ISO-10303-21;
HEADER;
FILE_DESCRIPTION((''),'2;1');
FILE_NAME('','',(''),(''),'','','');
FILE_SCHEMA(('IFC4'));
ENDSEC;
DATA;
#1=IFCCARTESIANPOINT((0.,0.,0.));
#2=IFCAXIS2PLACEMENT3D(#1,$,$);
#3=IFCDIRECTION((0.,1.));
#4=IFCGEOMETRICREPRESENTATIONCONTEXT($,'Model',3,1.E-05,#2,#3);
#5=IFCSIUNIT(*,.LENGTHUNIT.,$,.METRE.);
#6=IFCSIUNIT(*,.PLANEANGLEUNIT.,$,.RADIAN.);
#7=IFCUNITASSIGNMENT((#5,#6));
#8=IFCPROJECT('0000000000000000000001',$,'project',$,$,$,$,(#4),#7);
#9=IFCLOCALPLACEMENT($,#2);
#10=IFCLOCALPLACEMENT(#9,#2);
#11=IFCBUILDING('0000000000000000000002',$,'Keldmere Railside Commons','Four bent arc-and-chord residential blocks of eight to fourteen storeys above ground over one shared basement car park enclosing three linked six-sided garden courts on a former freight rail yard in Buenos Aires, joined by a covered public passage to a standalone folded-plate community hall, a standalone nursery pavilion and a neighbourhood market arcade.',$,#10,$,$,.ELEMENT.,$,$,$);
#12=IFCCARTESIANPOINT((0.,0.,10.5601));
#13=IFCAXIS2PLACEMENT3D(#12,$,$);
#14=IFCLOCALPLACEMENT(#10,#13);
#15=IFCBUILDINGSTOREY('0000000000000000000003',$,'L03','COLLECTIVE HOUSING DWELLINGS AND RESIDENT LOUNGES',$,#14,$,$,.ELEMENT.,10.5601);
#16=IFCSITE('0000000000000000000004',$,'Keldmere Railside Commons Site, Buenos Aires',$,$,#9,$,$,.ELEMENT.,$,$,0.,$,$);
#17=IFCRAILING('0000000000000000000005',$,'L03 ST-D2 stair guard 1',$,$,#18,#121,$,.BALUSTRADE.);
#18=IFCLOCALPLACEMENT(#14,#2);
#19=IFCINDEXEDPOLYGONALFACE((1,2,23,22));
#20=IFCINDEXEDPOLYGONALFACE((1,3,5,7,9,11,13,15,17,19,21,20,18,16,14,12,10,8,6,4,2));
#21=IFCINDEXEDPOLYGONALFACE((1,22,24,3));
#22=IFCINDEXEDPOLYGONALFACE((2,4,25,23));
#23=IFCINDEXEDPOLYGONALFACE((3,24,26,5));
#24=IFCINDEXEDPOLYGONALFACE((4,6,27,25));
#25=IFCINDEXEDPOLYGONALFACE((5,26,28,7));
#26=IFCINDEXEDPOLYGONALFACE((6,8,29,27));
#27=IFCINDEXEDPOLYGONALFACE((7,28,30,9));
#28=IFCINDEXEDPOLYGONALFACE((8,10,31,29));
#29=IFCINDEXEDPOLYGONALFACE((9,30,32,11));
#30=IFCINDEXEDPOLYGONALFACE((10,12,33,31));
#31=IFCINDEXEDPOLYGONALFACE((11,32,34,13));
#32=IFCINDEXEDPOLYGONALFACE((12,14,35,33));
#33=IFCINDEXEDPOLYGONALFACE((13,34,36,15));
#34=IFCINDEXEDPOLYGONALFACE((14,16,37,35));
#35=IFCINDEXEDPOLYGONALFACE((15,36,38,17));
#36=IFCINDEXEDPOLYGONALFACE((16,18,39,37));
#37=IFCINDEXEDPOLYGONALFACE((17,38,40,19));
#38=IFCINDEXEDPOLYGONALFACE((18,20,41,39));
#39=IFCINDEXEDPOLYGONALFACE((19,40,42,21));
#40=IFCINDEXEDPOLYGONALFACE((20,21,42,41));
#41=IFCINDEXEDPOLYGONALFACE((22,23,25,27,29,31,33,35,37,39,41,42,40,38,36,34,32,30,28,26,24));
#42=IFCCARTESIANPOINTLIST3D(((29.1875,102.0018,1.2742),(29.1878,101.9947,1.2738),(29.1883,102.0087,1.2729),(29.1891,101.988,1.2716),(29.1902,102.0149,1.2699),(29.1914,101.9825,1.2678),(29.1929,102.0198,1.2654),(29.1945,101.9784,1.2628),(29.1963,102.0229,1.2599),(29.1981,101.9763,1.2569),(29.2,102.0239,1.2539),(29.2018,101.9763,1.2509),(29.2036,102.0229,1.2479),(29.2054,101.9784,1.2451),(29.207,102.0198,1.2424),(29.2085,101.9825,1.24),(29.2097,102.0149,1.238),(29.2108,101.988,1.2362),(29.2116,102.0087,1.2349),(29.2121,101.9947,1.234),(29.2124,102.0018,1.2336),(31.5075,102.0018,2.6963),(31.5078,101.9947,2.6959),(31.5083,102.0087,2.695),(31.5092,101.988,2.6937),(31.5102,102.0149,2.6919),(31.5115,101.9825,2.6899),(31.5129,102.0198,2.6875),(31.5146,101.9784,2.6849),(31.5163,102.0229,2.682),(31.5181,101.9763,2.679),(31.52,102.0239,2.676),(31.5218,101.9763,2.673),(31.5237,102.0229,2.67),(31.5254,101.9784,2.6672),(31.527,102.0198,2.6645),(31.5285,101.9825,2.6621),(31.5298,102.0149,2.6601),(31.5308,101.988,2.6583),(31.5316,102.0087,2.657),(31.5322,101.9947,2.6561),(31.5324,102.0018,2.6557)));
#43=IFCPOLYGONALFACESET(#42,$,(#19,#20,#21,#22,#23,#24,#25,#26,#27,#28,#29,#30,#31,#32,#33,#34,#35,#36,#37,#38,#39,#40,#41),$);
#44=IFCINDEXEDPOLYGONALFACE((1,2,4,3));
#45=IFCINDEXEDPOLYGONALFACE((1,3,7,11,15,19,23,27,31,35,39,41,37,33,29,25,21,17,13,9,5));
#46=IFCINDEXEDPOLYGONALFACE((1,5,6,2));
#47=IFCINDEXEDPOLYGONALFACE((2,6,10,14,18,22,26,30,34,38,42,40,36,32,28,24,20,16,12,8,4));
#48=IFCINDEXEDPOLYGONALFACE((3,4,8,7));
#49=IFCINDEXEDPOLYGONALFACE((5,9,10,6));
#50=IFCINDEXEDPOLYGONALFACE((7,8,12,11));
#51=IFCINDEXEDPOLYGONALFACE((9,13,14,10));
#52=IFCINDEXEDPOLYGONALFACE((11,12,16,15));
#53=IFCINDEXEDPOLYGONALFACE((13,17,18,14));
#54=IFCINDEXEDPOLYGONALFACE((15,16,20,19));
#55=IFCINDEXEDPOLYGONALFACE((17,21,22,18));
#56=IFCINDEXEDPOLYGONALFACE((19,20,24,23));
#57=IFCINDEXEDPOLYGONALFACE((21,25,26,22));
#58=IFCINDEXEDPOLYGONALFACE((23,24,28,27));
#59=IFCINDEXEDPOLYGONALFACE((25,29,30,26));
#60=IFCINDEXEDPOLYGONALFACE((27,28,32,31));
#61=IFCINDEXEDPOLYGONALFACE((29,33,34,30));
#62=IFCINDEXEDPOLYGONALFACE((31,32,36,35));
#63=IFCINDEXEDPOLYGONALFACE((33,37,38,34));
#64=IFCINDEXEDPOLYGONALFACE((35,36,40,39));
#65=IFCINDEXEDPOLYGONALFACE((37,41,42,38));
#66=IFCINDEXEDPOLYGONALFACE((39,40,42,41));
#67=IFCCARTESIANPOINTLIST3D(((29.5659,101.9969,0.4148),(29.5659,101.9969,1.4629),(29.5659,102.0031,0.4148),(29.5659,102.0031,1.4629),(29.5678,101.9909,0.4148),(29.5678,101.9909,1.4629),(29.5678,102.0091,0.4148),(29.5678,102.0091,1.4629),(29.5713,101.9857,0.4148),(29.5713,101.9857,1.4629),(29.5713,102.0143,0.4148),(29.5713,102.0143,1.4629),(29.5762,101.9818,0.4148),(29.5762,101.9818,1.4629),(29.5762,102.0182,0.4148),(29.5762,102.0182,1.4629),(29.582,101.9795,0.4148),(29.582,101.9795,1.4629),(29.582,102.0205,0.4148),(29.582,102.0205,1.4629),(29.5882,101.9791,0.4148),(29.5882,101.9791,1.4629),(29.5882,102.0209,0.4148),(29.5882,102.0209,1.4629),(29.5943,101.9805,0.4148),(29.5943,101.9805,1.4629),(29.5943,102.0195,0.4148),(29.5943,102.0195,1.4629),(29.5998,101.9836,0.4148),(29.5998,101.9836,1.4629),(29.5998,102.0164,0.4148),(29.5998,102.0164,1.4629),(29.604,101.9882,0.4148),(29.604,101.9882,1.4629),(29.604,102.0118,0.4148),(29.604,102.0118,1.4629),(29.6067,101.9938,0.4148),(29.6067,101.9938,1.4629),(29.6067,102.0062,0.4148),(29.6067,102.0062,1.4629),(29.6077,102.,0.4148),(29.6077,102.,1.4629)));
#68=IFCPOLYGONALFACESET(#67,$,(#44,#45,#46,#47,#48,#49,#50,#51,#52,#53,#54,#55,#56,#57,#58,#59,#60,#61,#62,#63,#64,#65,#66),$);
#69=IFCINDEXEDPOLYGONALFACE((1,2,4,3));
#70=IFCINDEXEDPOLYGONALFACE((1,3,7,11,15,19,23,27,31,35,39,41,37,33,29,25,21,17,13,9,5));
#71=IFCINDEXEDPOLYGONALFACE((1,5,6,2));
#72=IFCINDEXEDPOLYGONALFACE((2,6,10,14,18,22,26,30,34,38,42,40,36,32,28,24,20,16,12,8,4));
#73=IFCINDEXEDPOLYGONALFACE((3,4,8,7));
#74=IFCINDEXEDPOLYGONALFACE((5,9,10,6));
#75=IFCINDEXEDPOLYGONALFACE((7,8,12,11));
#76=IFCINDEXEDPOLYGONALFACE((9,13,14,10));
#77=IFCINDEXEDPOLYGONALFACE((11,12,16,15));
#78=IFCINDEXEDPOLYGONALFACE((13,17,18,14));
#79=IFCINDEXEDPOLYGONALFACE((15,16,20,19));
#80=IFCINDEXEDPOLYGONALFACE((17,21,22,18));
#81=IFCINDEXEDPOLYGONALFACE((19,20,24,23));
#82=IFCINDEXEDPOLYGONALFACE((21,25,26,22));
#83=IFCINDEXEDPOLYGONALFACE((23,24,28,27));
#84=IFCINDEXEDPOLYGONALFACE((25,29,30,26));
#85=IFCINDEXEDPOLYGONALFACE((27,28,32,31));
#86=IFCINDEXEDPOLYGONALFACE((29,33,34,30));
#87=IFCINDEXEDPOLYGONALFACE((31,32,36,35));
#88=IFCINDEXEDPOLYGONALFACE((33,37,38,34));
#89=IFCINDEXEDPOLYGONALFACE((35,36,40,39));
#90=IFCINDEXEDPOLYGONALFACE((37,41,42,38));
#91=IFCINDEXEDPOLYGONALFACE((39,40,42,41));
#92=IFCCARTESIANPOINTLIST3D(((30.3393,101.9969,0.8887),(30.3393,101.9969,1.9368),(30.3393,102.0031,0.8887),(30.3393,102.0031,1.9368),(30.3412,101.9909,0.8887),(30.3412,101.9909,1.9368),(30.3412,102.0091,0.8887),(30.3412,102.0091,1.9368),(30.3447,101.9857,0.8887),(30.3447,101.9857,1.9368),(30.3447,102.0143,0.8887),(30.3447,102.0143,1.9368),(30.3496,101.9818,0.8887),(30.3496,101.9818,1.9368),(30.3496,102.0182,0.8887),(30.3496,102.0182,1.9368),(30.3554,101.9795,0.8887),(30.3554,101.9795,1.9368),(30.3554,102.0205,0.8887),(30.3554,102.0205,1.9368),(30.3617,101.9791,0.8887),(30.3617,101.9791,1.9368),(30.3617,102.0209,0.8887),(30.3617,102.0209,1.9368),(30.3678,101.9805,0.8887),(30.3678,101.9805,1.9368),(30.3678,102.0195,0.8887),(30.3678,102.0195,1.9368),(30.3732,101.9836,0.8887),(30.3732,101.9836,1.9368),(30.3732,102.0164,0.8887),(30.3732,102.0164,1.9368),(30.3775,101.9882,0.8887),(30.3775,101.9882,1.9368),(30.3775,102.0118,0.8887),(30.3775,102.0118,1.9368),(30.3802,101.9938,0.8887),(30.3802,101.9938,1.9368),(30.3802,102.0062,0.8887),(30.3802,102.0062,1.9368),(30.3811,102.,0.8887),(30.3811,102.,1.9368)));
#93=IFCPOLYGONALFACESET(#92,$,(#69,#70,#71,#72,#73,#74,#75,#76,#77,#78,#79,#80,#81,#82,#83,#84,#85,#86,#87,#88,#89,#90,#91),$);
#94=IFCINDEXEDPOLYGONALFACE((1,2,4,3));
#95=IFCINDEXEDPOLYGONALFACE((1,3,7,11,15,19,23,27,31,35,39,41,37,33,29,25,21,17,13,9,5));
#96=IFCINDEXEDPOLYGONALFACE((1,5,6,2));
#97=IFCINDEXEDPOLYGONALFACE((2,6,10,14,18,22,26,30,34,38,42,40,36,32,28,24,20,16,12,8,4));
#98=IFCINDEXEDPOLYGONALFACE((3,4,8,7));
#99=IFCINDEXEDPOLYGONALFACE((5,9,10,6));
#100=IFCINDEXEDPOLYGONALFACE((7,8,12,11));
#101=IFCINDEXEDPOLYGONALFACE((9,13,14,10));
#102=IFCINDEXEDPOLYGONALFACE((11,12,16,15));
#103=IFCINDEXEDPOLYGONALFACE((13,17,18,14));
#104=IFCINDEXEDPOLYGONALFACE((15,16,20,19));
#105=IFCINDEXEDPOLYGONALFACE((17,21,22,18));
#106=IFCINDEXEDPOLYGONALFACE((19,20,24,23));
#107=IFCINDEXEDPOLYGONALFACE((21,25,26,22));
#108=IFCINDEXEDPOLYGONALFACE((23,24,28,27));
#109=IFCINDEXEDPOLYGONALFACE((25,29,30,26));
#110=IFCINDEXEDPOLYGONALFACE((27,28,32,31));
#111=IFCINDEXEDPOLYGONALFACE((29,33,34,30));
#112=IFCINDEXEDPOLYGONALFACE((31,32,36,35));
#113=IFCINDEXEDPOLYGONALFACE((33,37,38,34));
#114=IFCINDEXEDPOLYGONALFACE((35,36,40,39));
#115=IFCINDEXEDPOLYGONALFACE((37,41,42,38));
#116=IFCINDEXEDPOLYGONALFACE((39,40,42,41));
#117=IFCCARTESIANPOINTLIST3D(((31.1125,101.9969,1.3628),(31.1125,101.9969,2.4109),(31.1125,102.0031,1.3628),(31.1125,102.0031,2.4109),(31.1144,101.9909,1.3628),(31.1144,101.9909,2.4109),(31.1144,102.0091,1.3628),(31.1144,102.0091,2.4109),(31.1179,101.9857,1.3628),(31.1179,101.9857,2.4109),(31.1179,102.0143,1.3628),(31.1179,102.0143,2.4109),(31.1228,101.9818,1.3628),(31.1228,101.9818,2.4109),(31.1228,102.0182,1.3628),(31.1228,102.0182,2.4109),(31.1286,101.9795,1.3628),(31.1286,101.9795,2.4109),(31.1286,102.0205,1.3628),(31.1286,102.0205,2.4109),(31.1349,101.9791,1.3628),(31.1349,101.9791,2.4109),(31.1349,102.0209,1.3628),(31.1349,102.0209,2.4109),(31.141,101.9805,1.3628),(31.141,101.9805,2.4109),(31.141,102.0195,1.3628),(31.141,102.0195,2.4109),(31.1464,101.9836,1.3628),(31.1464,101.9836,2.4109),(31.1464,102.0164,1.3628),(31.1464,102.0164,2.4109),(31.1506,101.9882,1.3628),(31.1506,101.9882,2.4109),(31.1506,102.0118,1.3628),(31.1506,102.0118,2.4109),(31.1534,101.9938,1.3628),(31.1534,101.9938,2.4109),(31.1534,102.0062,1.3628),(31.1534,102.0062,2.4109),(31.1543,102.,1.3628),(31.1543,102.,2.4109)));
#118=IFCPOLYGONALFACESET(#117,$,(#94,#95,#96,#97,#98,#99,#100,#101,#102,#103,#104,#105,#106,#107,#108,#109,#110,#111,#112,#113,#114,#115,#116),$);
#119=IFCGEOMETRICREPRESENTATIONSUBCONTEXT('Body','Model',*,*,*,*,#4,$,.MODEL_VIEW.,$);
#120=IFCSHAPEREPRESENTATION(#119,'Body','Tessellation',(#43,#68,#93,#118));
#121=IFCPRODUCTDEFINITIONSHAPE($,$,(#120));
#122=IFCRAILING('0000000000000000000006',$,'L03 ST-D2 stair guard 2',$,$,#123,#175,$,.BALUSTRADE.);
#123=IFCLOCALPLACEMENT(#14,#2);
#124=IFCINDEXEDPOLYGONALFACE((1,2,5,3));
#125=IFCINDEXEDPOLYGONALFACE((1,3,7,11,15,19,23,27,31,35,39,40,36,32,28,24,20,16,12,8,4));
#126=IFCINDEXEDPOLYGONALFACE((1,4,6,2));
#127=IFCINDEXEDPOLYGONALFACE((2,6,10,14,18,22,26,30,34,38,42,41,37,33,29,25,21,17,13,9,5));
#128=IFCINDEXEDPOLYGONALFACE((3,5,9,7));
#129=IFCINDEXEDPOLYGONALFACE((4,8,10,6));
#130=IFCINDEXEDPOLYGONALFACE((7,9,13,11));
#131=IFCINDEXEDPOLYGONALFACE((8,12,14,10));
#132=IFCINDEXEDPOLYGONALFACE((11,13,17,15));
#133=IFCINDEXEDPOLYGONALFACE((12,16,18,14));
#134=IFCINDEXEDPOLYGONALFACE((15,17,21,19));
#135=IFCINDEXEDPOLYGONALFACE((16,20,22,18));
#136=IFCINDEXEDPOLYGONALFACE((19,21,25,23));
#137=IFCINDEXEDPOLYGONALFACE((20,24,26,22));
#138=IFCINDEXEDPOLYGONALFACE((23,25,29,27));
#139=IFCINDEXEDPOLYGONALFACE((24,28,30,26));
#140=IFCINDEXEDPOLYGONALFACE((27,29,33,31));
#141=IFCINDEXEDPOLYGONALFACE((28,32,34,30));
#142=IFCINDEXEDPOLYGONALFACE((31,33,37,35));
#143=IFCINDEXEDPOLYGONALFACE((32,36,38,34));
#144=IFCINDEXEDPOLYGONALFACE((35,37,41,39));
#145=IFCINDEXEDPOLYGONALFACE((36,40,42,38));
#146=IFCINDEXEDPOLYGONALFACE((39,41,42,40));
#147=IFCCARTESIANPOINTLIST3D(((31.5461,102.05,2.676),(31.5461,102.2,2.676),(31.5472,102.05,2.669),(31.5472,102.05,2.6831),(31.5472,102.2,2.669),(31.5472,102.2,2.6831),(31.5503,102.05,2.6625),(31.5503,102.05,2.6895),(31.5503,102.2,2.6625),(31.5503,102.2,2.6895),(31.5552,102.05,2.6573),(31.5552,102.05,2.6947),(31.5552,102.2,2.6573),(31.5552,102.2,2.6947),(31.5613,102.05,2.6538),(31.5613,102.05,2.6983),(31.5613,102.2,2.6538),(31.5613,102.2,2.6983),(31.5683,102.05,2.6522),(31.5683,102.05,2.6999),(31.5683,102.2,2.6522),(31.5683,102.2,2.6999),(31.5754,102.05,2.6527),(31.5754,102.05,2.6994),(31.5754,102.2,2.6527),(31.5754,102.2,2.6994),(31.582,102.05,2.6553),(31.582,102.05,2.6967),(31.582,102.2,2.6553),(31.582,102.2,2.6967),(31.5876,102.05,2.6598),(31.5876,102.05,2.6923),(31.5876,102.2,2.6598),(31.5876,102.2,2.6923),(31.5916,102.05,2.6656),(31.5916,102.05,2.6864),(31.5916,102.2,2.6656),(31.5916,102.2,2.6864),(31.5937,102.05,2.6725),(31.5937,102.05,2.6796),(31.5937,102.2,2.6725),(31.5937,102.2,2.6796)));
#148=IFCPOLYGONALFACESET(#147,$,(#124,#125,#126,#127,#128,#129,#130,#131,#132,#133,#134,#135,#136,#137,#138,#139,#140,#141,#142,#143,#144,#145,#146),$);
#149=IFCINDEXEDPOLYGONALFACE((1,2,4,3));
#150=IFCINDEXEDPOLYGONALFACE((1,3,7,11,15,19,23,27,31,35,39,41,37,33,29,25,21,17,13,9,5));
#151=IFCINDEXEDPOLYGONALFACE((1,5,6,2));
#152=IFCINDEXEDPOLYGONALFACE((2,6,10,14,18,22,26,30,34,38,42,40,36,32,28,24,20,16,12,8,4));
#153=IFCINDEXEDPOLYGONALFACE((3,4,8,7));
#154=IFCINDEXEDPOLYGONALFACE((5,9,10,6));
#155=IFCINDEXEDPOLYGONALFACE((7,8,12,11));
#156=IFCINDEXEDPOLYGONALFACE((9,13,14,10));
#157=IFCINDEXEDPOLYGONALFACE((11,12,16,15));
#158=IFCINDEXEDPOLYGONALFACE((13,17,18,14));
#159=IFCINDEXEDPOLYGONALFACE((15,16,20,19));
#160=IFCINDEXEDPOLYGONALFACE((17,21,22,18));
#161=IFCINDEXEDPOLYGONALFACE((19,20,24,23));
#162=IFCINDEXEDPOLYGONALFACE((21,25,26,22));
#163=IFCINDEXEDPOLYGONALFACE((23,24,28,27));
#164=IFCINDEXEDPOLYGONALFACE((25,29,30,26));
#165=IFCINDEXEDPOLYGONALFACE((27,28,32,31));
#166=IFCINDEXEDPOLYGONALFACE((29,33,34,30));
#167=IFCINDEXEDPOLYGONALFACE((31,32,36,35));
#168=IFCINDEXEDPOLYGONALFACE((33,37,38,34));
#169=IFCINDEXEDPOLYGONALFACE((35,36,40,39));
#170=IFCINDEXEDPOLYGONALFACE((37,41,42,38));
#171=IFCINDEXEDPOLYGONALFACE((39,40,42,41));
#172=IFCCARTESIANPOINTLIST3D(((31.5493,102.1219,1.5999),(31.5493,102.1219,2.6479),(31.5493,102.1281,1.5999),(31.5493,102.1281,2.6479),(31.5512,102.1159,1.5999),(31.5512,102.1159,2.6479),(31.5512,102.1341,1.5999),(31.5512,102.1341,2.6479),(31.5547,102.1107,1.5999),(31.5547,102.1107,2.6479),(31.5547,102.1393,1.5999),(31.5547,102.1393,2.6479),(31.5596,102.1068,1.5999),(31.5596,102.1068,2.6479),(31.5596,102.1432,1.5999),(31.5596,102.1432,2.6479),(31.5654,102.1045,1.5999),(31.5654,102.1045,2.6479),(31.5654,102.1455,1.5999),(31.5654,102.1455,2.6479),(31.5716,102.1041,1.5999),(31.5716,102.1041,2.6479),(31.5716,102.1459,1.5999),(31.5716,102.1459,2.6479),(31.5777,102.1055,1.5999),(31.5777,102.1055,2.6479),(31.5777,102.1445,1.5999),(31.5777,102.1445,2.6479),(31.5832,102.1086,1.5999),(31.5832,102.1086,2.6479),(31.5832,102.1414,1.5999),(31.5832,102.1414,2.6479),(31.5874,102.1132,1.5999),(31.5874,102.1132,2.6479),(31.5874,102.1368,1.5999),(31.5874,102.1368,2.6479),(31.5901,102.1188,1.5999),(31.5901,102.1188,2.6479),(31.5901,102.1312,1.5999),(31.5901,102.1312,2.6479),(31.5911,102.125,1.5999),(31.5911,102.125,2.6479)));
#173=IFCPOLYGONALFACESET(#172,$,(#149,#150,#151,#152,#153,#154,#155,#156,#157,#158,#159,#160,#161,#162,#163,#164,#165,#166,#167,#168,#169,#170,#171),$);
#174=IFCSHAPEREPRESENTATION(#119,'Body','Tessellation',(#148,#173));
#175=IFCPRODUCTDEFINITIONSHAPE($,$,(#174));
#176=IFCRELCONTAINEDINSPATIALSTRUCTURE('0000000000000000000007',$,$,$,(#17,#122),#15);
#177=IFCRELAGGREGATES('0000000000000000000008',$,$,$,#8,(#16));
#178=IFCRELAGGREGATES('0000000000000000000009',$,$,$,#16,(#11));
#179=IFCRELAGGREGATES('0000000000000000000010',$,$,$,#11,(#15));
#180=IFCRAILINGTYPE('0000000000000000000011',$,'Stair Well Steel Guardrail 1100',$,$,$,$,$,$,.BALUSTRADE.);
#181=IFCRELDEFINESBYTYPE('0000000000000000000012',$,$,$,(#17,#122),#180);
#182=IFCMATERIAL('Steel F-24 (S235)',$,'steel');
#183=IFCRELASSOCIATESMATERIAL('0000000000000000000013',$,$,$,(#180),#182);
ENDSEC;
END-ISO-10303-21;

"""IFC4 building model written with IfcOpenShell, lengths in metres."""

from ifc_helpers import new_model, si_unit, direction, frame, origin, origin_2d, place, context, subcontext, project, spatial, circle, extrude, material, type_object, element, save


model = new_model("IFC4")

# Units and contexts
model_context = context("Model", 3, precision=1e-05, world=origin(), true_north=direction((0.0, 1.0)))
body_context = subcontext(model_context, "Body", "Model", "MODEL_VIEW")
ifc_project = project(units=[si_unit("LENGTHUNIT", "METRE"), si_unit("PLANEANGLEUNIT", "RADIAN")], contexts=[model_context])

# Site, building, storey
site_placement = place(None, origin())
site = spatial("IfcSite", under=ifc_project, at=site_placement, Name="Keldmere Railside Commons Site, Buenos Aires", CompositionType="ELEMENT", RefElevation=0.0)
building_placement = place(site_placement, origin())
building = spatial("IfcBuilding", under=site, at=building_placement, Name="Keldmere Railside Commons", Description="Four bent arc-and-chord residential blocks of eight to fourteen storeys above ground over one shared basement car park enclosing three linked six-sided garden courts on a former freight rail yard in Buenos Aires, joined by a covered public passage to a standalone folded-plate community hall, a standalone nursery pavilion and a neighbourhood market arcade.", CompositionType="ELEMENT")
storey_placement = place(building_placement, frame((0.0, 0.0, 10.5601)))
storey = spatial("IfcBuildingStorey", under=building, at=storey_placement, Name="L03", Description="COLLECTIVE HOUSING DWELLINGS AND RESIDENT LOUNGES", CompositionType="ELEMENT", Elevation=10.5601)

# Shared definitions
ifc_material_1 = material(Name="Steel F-24 (S235)", Category="steel")

# Railings
railing_type_1 = type_object("IfcRailingType", Name="Stair Well Steel Guardrail 1100", PredefinedType="BALUSTRADE", material=ifc_material_1)
railing_1_placement = place(storey_placement, frame((29.2, 102.0, 0.1777)))
element("IfcRailing", 1, at=railing_1_placement, inside=storey, type_object=railing_type_1, Name="L03 ST-D2 stair guard 1", PredefinedType="BALUSTRADE", context=body_context, shape_type="SweptSolid", body=[
    extrude(circle(Radius=0.0239, at=origin_2d()), frame((0.0, 0.0, 1.0762), z_axis=(0.852578, 0.0, 0.5226), x_axis=(0.0, 1.0, 0.0)), (0.0, 0.0, 1.0), 2.7212),
    extrude(circle(Radius=0.021, at=origin_2d()), frame((0.3867, 0.0, 0.2371)), (0.0, 0.0, 1.0), 1.0481),
    extrude(circle(Radius=0.021, at=origin_2d()), frame((1.1602, 0.0, 0.7109)), (0.0, 0.0, 1.0), 1.0481),
    extrude(circle(Radius=0.021, at=origin_2d()), frame((1.9333, 0.0, 1.1851)), (0.0, 0.0, 1.0), 1.0481),
])
railing_2_placement = place(storey_placement, frame((31.5701, 102.05, 1.5999)))
element("IfcRailing", 2, at=railing_2_placement, inside=storey, type_object=railing_type_1, Name="L03 ST-D2 stair guard 2", PredefinedType="BALUSTRADE", context=body_context, shape_type="SweptSolid", body=[
    extrude(circle(Radius=0.0239, at=origin_2d()), frame((0.0, 0.0, 1.0762), z_axis=(0.0, 1.0, 0.0), x_axis=(-1.0, 0.0, 0.0)), (0.0, 0.0, 1.0), 0.1499),
    extrude(circle(Radius=0.021, at=origin_2d()), frame((0.0, 0.075, 0.0)), (0.0, 0.0, 1.0), 1.0481),
])

save(model, "model.ifc")
